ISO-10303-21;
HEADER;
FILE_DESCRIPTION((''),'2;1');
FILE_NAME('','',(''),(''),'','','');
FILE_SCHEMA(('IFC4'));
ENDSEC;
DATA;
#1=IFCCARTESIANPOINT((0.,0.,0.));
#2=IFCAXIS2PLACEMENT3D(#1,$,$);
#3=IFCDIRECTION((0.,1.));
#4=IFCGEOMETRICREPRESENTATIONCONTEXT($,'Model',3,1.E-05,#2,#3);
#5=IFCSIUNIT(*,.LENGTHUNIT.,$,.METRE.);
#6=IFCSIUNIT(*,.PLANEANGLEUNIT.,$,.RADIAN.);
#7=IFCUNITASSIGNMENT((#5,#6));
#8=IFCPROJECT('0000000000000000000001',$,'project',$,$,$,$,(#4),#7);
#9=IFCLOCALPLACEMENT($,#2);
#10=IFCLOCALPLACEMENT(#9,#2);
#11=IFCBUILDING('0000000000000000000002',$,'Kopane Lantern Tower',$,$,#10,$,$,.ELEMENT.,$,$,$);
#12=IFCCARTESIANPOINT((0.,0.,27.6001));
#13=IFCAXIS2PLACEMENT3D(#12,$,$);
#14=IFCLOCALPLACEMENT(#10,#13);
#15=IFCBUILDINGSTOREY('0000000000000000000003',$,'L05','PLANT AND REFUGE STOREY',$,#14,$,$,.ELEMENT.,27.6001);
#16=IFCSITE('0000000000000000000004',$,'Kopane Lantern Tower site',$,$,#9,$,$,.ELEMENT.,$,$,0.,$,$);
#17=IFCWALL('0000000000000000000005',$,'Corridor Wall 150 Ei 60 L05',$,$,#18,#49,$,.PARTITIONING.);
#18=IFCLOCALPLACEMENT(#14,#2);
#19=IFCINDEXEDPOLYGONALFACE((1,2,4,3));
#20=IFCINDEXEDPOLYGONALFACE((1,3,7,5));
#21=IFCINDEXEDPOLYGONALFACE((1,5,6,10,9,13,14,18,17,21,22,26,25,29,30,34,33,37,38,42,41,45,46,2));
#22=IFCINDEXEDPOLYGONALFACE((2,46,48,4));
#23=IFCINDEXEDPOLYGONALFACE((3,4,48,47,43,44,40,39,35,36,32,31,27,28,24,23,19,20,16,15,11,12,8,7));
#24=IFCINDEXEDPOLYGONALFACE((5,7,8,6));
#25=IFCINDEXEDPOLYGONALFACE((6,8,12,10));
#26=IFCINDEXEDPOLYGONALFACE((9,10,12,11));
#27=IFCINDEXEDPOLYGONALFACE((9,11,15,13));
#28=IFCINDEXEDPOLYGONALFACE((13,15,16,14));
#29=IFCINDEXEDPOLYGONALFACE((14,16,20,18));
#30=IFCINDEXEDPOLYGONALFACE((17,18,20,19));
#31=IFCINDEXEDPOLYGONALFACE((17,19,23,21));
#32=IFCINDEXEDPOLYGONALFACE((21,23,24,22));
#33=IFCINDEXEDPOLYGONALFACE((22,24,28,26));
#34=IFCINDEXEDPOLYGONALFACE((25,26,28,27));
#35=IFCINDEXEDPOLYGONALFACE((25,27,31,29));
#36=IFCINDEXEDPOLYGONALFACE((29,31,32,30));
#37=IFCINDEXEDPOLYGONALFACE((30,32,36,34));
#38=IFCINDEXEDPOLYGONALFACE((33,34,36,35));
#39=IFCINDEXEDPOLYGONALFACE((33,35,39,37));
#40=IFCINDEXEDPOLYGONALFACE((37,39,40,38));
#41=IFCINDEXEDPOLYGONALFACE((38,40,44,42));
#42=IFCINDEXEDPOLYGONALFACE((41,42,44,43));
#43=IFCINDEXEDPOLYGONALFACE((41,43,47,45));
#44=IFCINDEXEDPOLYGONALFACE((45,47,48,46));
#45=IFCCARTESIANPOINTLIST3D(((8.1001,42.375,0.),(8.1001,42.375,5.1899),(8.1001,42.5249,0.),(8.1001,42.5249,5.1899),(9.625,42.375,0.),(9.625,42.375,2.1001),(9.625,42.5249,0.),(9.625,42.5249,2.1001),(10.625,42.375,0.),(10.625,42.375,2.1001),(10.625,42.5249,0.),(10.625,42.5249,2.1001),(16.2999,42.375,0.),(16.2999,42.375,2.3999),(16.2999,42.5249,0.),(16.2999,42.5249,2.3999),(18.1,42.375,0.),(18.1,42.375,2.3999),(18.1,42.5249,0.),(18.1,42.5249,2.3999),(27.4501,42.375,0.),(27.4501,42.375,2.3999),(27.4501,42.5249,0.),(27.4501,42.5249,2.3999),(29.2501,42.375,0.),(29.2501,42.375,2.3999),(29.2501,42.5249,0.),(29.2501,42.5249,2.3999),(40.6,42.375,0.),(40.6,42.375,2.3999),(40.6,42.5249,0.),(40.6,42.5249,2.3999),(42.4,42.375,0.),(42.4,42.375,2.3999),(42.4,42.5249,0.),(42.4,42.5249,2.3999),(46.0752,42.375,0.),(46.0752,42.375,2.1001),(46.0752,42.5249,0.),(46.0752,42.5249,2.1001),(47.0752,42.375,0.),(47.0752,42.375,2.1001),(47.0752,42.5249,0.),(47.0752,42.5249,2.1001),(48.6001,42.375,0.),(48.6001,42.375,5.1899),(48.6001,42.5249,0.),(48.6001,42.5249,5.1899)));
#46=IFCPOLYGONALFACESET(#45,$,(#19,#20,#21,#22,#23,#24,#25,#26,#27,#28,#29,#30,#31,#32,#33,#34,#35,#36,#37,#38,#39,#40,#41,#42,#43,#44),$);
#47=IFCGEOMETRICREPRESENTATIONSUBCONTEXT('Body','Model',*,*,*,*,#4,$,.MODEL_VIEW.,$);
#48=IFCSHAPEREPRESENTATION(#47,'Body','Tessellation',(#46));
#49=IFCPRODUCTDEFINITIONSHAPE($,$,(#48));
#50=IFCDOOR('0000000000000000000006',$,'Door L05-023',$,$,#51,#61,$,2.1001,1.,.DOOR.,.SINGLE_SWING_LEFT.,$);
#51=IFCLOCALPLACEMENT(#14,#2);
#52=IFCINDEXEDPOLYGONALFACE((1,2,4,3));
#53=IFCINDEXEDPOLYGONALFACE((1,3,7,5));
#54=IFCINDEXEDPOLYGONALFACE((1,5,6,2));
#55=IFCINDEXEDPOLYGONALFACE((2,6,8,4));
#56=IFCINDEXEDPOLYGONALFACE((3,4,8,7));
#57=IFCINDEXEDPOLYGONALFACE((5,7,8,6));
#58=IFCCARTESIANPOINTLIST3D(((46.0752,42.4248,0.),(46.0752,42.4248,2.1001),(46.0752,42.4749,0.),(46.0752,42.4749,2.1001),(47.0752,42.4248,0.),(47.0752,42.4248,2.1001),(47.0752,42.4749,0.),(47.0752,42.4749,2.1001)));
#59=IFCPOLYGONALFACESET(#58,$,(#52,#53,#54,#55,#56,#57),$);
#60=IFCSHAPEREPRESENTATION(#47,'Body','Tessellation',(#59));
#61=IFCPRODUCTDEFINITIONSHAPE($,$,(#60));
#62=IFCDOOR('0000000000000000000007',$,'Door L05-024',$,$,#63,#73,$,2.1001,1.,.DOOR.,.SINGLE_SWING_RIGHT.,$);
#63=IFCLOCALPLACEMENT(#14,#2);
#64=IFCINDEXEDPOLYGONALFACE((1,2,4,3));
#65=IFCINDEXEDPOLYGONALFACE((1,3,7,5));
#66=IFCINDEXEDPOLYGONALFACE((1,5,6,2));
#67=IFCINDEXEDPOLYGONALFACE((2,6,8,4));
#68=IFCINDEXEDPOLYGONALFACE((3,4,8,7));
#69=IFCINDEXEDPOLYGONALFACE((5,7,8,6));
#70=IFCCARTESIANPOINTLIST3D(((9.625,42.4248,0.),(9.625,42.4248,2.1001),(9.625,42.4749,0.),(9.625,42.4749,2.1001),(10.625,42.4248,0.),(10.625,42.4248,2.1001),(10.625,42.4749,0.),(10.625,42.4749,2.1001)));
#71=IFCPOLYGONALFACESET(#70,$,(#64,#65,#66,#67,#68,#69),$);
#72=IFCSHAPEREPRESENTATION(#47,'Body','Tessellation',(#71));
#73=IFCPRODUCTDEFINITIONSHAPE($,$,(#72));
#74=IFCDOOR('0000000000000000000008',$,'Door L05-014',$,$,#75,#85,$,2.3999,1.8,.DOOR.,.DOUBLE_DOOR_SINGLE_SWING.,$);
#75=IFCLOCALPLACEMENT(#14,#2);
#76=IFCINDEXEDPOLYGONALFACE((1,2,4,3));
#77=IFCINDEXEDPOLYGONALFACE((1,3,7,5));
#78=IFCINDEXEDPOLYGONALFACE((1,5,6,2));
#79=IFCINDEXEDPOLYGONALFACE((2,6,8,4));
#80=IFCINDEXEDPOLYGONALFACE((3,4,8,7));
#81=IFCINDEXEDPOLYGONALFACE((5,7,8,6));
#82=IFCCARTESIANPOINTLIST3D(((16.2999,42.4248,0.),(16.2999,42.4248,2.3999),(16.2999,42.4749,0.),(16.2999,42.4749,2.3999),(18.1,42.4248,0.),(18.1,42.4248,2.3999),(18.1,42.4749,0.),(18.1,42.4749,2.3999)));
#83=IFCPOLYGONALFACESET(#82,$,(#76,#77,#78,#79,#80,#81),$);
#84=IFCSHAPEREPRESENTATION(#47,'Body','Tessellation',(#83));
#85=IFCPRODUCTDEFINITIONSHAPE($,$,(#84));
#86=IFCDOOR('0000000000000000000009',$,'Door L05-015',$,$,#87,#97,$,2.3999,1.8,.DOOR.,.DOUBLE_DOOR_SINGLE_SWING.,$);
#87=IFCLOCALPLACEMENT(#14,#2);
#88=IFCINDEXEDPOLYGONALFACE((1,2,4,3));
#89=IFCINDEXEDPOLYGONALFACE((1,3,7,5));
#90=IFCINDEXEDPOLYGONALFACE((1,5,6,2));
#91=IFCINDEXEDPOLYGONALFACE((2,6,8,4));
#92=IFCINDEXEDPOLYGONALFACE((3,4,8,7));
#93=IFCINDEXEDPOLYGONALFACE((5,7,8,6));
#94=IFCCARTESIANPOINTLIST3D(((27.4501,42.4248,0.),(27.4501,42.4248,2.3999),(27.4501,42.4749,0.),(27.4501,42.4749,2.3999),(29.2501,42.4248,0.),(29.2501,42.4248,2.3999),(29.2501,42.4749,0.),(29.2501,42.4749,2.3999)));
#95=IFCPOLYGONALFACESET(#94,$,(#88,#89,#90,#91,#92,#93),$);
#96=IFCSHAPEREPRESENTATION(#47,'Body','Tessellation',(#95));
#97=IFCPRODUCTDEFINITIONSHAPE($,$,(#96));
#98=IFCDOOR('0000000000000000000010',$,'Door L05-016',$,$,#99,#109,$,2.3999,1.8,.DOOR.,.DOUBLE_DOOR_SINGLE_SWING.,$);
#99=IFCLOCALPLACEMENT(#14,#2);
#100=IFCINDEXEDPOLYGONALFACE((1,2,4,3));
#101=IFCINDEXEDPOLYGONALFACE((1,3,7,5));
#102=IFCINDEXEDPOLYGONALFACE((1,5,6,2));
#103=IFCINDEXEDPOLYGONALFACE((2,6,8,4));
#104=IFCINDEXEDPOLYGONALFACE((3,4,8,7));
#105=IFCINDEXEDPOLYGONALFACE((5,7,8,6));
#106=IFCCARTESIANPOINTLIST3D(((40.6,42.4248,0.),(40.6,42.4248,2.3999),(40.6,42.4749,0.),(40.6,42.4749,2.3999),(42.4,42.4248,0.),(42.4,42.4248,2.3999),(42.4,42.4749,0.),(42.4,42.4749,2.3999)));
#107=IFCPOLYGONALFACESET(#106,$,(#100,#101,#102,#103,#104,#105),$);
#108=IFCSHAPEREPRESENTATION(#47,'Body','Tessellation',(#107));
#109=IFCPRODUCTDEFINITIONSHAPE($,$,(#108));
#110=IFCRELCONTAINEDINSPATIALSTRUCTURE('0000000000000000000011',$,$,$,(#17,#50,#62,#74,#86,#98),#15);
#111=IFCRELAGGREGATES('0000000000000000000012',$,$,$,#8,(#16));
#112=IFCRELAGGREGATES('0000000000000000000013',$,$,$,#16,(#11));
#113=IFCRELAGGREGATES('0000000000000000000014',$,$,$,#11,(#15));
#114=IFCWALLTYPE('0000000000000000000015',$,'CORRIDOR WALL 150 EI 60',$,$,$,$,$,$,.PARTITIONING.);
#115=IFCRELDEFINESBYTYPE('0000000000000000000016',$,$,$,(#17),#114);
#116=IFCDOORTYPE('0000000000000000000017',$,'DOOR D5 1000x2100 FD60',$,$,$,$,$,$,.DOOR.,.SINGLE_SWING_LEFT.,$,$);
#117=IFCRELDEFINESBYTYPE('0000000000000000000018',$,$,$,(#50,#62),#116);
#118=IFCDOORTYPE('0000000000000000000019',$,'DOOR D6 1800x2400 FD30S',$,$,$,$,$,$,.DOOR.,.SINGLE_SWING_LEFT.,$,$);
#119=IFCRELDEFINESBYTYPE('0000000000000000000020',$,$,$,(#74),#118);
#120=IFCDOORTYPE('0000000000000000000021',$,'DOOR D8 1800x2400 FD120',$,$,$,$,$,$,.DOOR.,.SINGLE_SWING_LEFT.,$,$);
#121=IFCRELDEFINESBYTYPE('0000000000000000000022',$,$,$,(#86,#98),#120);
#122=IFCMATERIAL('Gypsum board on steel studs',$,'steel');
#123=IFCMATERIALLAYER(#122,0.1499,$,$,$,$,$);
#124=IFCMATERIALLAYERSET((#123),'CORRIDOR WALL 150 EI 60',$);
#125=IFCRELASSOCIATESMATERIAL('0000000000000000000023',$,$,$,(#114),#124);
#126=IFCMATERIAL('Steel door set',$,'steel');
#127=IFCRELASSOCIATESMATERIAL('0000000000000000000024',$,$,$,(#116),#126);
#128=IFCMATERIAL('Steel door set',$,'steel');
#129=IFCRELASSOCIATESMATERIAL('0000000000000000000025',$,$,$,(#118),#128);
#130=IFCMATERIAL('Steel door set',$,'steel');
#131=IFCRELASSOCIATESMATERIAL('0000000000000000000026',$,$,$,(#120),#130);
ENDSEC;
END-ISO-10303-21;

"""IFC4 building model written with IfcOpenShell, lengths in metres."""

from ifc_helpers import new_model, si_unit, direction, frame, frame_2d, origin, place, context, subcontext, project, spatial, rectangle, extrude, material, layer, layer_set, type_object, element, fill, save


model = new_model("IFC4")

# Units and contexts
model_context = context("Model", 3, precision=1e-05, world=origin(), true_north=direction((0.0, 1.0)))
body_context = subcontext(model_context, "Body", "Model", "MODEL_VIEW")
ifc_project = project(units=[si_unit("LENGTHUNIT", "METRE"), si_unit("PLANEANGLEUNIT", "RADIAN")], contexts=[model_context])

# Site, building, storey
site_placement = place(None, origin())
site = spatial("IfcSite", under=ifc_project, at=site_placement, Name="Kopane Lantern Tower site", CompositionType="ELEMENT", RefElevation=0.0)
building_placement = place(site_placement, origin())
building = spatial("IfcBuilding", under=site, at=building_placement, Name="Kopane Lantern Tower", CompositionType="ELEMENT")
storey_placement = place(building_placement, frame((0.0, 0.0, 27.6001)))
storey = spatial("IfcBuildingStorey", under=building, at=storey_placement, Name="L05", Description="PLANT AND REFUGE STOREY", CompositionType="ELEMENT", Elevation=27.6001)

# Wall, openings, doors
ifc_material_1 = material(Name="Gypsum board on steel studs", Category="steel")
ifc_layer_1 = layer(ifc_material_1, 0.1499)
ifc_layer_set_1 = layer_set([ifc_layer_1], Name="CORRIDOR WALL 150 EI 60")
wall_type_1 = type_object("IfcWallType", Name="CORRIDOR WALL 150 EI 60", PredefinedType="PARTITIONING", material=ifc_layer_set_1)
wall_1_placement = place(storey_placement, frame((8.1001, 42.45, 0.0), z_axis=(0.0, 0.0, 1.0), x_axis=(1.0, 0.0, 0.0)))
wall_1 = element("IfcWall", 1, at=wall_1_placement, inside=storey, type_object=wall_type_1, Name="Corridor Wall 150 Ei 60 L05", PredefinedType="PARTITIONING", context=body_context, shape_type="SweptSolid", body=[
    extrude(rectangle(XDim=40.5, YDim=0.1499, at=frame_2d((20.25, 0.0))), origin(), (0.0, 0.0, 1.0), 5.1899),
])
opening_1_placement = place(wall_1_placement, frame((8.2, 0.0, 0.0)))
opening_1 = element("IfcOpeningElement", 2, at=opening_1_placement, cuts=wall_1, PredefinedType="OPENING", context=body_context, shape_type="SweptSolid", body=[
    extrude(rectangle(XDim=1.8, YDim=2.3999, at=frame_2d((0.8999, 1.2))), frame((0.0, 0.085, 0.0), z_axis=(0.0, -1.0, 0.0), x_axis=(1.0, 0.0, 0.0)), (0.0, 0.0, 1.0), 0.1699),
])
opening_2_placement = place(wall_1_placement, frame((19.3501, 0.0, 0.0)))
opening_2 = element("IfcOpeningElement", 3, at=opening_2_placement, cuts=wall_1, PredefinedType="OPENING", context=body_context, shape_type="SweptSolid", body=[
    extrude(rectangle(XDim=1.8, YDim=2.3999, at=frame_2d((0.8999, 1.2))), frame((0.0, 0.085, 0.0), z_axis=(0.0, -1.0, 0.0), x_axis=(1.0, 0.0, 0.0)), (0.0, 0.0, 1.0), 0.1699),
])
opening_3_placement = place(wall_1_placement, frame((32.5, 0.0, 0.0)))
opening_3 = element("IfcOpeningElement", 4, at=opening_3_placement, cuts=wall_1, PredefinedType="OPENING", context=body_context, shape_type="SweptSolid", body=[
    extrude(rectangle(XDim=1.8, YDim=2.3999, at=frame_2d((0.8999, 1.2))), frame((0.0, 0.085, 0.0), z_axis=(0.0, -1.0, 0.0), x_axis=(1.0, 0.0, 0.0)), (0.0, 0.0, 1.0), 0.1699),
])
opening_4_placement = place(wall_1_placement, frame((37.9751, 0.0, 0.0)))
opening_4 = element("IfcOpeningElement", 5, at=opening_4_placement, cuts=wall_1, PredefinedType="OPENING", context=body_context, shape_type="SweptSolid", body=[
    extrude(rectangle(XDim=1.0, YDim=2.1001, at=frame_2d((0.5, 1.05))), frame((0.0, 0.085, 0.0), z_axis=(0.0, -1.0, 0.0), x_axis=(1.0, 0.0, 0.0)), (0.0, 0.0, 1.0), 0.1699),
])
opening_5_placement = place(wall_1_placement, frame((1.5249, 0.0, 0.0)))
opening_5 = element("IfcOpeningElement", 6, at=opening_5_placement, cuts=wall_1, PredefinedType="OPENING", context=body_context, shape_type="SweptSolid", body=[
    extrude(rectangle(XDim=1.0, YDim=2.1001, at=frame_2d((0.5, 1.05))), frame((0.0, 0.085, 0.0), z_axis=(0.0, -1.0, 0.0), x_axis=(1.0, 0.0, 0.0)), (0.0, 0.0, 1.0), 0.1699),
])
ifc_material_2 = material(Name="Steel door set", Category="steel")
door_type_1 = type_object("IfcDoorType", Name="DOOR D5 1000x2100 FD60", OperationType="SINGLE_SWING_LEFT", PredefinedType="DOOR", material=ifc_material_2)
door_1_placement = place(opening_4_placement, origin())
door_1 = element("IfcDoor", 7, at=door_1_placement, inside=storey, type_object=door_type_1, Name="Door L05-023", OperationType="SINGLE_SWING_LEFT", OverallHeight=2.1001, OverallWidth=1.0, PredefinedType="DOOR", context=body_context, shape_type="SweptSolid", body=[
    extrude(rectangle(XDim=1.0, YDim=2.1001, at=frame_2d((0.5, 1.05))), frame((0.0, 0.0249, 0.0), z_axis=(0.0, -1.0, 0.0), x_axis=(1.0, 0.0, 0.0)), (0.0, 0.0, 1.0), 0.05),
])
fill(opening_4, door_1)
door_2_placement = place(opening_5_placement, origin())
door_2 = element("IfcDoor", 8, at=door_2_placement, inside=storey, type_object=door_type_1, Name="Door L05-024", OperationType="SINGLE_SWING_RIGHT", OverallHeight=2.1001, OverallWidth=1.0, PredefinedType="DOOR", context=body_context, shape_type="SweptSolid", body=[
    extrude(rectangle(XDim=1.0, YDim=2.1001, at=frame_2d((0.5, 1.05))), frame((0.0, 0.0249, 0.0), z_axis=(0.0, -1.0, 0.0), x_axis=(1.0, 0.0, 0.0)), (0.0, 0.0, 1.0), 0.05),
])
fill(opening_5, door_2)
ifc_material_3 = material(Name="Steel door set", Category="steel")
door_type_2 = type_object("IfcDoorType", Name="DOOR D6 1800x2400 FD30S", OperationType="SINGLE_SWING_LEFT", PredefinedType="DOOR", material=ifc_material_3)
door_3_placement = place(opening_1_placement, origin())
door_3 = element("IfcDoor", 9, at=door_3_placement, inside=storey, type_object=door_type_2, Name="Door L05-014", OperationType="DOUBLE_DOOR_SINGLE_SWING", OverallHeight=2.3999, OverallWidth=1.8, PredefinedType="DOOR", context=body_context, shape_type="SweptSolid", body=[
    extrude(rectangle(XDim=1.8, YDim=2.3999, at=frame_2d((0.8999, 1.2))), frame((0.0, 0.0249, 0.0), z_axis=(0.0, -1.0, 0.0), x_axis=(1.0, 0.0, 0.0)), (0.0, 0.0, 1.0), 0.05),
])
fill(opening_1, door_3)
ifc_material_4 = material(Name="Steel door set", Category="steel")
door_type_3 = type_object("IfcDoorType", Name="DOOR D8 1800x2400 FD120", OperationType="SINGLE_SWING_LEFT", PredefinedType="DOOR", material=ifc_material_4)
door_4_placement = place(opening_2_placement, origin())
door_4 = element("IfcDoor", 10, at=door_4_placement, inside=storey, type_object=door_type_3, Name="Door L05-015", OperationType="DOUBLE_DOOR_SINGLE_SWING", OverallHeight=2.3999, OverallWidth=1.8, PredefinedType="DOOR", context=body_context, shape_type="SweptSolid", body=[
    extrude(rectangle(XDim=1.8, YDim=2.3999, at=frame_2d((0.8999, 1.2))), frame((0.0, 0.0249, 0.0), z_axis=(0.0, -1.0, 0.0), x_axis=(1.0, 0.0, 0.0)), (0.0, 0.0, 1.0), 0.05),
])
fill(opening_2, door_4)
door_5_placement = place(opening_3_placement, origin())
door_5 = element("IfcDoor", 11, at=door_5_placement, inside=storey, type_object=door_type_3, Name="Door L05-016", OperationType="DOUBLE_DOOR_SINGLE_SWING", OverallHeight=2.3999, OverallWidth=1.8, PredefinedType="DOOR", context=body_context, shape_type="SweptSolid", body=[
    extrude(rectangle(XDim=1.8, YDim=2.3999, at=frame_2d((0.8999, 1.2))), frame((0.0, 0.0249, 0.0), z_axis=(0.0, -1.0, 0.0), x_axis=(1.0, 0.0, 0.0)), (0.0, 0.0, 1.0), 0.05),
])
fill(opening_3, door_5)

save(model, "model.ifc")
